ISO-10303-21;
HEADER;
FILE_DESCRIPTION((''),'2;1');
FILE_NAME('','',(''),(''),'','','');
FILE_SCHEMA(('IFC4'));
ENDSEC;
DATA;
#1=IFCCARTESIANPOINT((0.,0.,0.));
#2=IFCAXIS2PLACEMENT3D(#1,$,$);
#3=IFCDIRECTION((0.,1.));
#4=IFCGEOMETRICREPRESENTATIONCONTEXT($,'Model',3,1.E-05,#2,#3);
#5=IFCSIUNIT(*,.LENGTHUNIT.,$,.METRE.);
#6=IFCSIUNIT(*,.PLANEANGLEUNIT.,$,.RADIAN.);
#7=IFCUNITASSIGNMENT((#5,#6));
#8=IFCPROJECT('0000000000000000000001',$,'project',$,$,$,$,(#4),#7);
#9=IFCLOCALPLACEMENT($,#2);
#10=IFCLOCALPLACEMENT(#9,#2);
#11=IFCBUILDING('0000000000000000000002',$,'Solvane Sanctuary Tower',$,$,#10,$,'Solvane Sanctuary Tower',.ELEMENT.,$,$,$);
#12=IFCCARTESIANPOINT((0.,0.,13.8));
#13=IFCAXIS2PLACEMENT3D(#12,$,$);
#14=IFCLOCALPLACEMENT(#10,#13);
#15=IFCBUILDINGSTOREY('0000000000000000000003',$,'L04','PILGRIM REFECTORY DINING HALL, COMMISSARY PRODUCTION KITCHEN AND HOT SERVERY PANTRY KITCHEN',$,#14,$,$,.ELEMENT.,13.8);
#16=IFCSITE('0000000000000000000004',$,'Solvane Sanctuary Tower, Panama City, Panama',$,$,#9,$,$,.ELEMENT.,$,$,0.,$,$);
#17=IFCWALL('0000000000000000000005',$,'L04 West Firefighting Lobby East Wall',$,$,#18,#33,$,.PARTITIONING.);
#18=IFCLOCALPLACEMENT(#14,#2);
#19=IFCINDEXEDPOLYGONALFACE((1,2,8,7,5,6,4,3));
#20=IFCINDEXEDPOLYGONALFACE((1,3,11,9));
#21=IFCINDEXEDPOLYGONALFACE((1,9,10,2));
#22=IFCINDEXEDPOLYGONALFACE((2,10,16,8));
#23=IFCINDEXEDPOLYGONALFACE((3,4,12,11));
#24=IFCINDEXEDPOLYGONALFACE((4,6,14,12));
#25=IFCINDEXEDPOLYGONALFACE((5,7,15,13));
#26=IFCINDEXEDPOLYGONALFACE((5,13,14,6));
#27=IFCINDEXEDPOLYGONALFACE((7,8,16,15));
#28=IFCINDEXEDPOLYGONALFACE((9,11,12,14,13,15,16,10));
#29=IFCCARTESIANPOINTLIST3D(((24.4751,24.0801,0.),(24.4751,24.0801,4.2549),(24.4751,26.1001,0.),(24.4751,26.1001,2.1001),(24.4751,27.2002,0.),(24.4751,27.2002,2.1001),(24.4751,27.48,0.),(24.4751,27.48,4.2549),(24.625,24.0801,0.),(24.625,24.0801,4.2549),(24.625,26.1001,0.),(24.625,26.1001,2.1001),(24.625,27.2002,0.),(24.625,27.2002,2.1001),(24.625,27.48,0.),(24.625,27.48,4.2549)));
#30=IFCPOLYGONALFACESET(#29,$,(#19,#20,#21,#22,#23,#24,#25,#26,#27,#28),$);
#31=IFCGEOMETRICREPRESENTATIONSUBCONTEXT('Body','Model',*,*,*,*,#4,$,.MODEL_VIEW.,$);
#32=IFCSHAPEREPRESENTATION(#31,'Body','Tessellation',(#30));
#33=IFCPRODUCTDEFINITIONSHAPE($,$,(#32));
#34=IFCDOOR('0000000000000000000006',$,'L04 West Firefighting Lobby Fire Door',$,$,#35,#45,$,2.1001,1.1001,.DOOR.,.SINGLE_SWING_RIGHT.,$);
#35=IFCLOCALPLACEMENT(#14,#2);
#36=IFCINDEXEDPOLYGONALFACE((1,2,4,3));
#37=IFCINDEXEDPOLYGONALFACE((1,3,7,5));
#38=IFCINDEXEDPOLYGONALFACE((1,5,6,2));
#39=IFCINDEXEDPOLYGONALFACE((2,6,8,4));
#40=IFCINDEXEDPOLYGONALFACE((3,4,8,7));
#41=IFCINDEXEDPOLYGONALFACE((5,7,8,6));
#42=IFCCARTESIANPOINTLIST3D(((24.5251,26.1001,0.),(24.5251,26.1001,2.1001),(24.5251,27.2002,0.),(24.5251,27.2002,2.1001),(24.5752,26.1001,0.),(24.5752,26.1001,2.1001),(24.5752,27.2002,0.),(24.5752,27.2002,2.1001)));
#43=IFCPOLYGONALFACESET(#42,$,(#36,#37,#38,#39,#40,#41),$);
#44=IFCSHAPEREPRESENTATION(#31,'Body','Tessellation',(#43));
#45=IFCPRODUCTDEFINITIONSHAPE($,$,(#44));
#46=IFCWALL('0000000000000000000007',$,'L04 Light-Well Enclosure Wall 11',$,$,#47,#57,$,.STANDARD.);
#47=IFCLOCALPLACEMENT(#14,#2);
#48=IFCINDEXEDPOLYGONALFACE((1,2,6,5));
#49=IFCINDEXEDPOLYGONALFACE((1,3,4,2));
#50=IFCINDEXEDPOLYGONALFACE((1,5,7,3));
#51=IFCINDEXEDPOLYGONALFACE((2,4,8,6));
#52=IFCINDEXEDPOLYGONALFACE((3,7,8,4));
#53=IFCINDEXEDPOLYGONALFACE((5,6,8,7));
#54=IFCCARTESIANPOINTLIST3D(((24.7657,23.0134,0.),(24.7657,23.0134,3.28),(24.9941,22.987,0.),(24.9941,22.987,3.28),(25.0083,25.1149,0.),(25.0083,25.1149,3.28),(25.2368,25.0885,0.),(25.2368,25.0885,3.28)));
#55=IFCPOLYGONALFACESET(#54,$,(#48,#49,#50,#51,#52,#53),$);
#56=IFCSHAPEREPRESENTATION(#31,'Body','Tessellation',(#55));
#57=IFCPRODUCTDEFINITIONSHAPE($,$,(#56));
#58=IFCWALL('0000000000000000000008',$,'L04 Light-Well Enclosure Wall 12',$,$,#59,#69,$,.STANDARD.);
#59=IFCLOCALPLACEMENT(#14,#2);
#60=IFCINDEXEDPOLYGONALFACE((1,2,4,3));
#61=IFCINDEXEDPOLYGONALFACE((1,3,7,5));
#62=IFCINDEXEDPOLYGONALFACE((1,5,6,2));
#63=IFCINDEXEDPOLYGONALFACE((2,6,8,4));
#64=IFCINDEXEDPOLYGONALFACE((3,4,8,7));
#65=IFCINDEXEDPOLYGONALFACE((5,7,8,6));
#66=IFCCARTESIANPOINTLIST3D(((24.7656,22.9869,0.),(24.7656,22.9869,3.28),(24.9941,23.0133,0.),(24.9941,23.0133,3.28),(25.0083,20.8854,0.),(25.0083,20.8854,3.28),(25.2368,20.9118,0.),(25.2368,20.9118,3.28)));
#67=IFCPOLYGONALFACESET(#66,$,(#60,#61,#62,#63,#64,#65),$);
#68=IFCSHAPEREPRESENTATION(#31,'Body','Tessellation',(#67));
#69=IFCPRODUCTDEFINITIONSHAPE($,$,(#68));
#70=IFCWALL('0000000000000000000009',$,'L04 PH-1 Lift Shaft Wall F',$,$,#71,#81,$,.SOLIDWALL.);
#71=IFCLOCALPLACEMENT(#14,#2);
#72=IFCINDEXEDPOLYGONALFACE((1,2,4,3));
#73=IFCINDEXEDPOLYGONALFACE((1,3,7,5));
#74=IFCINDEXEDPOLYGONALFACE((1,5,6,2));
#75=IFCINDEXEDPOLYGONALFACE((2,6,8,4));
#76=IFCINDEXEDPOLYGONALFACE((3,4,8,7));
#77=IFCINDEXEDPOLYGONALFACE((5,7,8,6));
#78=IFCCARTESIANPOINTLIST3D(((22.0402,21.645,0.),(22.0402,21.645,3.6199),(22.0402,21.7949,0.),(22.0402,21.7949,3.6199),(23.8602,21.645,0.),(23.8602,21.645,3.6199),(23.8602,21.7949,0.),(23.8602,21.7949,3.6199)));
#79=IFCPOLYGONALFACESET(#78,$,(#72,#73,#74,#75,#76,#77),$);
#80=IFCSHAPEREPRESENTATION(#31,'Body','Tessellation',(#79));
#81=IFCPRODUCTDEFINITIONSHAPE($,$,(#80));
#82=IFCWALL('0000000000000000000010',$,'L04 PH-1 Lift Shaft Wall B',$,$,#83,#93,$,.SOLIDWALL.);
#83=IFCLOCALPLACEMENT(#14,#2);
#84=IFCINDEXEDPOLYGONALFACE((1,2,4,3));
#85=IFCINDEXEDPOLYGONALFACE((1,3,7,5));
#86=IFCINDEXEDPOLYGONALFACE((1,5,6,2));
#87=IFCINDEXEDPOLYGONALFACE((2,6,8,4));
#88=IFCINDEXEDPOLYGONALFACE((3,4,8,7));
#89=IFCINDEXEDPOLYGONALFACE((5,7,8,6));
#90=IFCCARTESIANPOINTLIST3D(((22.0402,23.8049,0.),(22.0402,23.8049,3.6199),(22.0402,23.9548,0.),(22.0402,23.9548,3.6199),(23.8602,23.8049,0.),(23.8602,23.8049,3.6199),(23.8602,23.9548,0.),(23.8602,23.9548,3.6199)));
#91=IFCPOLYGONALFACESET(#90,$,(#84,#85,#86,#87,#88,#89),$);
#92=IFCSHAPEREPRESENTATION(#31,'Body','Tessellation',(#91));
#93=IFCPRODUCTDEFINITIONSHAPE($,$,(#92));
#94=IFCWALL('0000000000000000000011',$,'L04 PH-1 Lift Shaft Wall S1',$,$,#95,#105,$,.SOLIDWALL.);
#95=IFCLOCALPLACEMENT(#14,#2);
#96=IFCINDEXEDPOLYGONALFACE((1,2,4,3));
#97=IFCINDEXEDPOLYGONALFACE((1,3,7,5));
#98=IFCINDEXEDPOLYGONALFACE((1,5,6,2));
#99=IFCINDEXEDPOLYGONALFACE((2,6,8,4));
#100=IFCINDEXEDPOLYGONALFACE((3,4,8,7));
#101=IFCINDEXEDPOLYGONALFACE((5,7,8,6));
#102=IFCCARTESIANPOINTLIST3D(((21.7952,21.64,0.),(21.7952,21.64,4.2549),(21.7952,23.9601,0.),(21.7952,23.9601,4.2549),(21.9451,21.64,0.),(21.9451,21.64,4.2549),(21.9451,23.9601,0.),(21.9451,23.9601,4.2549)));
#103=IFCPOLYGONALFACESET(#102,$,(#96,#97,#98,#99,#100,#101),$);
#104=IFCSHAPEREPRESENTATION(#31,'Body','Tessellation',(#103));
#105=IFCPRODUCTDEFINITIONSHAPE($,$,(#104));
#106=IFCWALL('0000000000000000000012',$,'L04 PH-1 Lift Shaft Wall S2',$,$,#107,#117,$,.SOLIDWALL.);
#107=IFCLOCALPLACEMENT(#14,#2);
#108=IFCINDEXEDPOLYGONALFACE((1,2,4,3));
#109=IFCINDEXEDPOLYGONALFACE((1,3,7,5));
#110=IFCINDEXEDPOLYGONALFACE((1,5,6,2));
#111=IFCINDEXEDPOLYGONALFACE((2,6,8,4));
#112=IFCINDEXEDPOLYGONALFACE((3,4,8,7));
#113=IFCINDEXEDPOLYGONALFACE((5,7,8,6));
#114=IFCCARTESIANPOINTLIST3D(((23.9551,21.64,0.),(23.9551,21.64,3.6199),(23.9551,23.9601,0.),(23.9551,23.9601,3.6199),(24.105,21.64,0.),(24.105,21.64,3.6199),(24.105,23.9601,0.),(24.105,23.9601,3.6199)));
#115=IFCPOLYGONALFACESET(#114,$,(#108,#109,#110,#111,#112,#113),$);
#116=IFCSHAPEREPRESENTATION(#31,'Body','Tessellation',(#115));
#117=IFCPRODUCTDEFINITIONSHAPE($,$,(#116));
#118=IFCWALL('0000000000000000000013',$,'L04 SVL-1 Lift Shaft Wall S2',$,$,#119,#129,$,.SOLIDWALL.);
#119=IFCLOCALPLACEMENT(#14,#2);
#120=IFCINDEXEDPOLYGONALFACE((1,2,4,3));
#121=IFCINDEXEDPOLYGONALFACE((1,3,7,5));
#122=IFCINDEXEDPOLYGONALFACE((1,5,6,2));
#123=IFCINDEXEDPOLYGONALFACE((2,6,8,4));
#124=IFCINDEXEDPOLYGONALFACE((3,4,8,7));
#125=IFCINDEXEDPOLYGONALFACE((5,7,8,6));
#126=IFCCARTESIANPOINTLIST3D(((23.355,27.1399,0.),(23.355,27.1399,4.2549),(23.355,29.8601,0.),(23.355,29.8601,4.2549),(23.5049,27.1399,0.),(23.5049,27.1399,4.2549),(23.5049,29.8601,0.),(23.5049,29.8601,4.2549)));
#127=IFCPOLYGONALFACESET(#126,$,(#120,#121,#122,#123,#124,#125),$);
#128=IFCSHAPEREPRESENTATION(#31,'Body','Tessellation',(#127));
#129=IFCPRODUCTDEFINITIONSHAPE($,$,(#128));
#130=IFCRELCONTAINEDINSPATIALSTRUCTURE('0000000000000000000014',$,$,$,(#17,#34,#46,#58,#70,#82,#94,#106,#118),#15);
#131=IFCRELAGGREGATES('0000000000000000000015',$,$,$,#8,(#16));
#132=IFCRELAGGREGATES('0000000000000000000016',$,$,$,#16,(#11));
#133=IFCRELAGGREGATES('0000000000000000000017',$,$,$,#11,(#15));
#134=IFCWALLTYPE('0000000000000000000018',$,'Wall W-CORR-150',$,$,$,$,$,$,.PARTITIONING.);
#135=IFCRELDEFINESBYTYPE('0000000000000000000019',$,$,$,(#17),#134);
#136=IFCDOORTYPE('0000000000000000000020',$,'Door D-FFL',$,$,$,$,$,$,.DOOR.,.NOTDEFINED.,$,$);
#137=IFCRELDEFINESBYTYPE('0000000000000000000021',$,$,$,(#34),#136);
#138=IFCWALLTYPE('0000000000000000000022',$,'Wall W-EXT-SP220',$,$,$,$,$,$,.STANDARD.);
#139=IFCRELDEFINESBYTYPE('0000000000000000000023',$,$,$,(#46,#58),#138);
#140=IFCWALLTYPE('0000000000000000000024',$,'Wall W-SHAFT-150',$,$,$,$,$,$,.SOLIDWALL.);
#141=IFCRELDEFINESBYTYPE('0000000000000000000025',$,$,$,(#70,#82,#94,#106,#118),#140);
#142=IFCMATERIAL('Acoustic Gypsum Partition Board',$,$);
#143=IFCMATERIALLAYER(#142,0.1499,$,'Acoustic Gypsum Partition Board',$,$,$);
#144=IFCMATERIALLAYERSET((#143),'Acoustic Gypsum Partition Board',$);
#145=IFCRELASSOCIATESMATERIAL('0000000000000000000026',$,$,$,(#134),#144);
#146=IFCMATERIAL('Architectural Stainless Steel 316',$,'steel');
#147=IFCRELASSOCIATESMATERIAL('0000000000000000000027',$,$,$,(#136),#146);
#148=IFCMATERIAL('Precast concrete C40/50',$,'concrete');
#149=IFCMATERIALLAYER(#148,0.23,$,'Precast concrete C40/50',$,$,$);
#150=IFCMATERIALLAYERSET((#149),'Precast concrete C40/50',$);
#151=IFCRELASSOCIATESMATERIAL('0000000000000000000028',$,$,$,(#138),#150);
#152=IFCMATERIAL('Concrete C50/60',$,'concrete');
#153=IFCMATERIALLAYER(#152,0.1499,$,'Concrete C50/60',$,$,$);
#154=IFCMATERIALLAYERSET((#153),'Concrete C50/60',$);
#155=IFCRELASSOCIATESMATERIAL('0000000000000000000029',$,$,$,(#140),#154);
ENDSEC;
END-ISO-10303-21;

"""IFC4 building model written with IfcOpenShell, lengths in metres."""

from ifc_helpers import new_model, si_unit, direction, frame, frame_2d, origin, place, context, subcontext, project, spatial, rectangle, extrude, material, layer, layer_set, type_object, element, fill, save


model = new_model("IFC4")

# Units and contexts
model_context = context("Model", 3, precision=1e-05, world=origin(), true_north=direction((0.0, 1.0)))
body_context = subcontext(model_context, "Body", "Model", "MODEL_VIEW")
ifc_project = project(units=[si_unit("LENGTHUNIT", "METRE"), si_unit("PLANEANGLEUNIT", "RADIAN")], contexts=[model_context])

# Site, building, storey
site_placement = place(None, origin())
site = spatial("IfcSite", under=ifc_project, at=site_placement, Name="Solvane Sanctuary Tower, Panama City, Panama", CompositionType="ELEMENT", RefElevation=0.0)
building_placement = place(site_placement, origin())
building = spatial("IfcBuilding", under=site, at=building_placement, Name="Solvane Sanctuary Tower", LongName="Solvane Sanctuary Tower", CompositionType="ELEMENT")
storey_placement = place(building_placement, frame((0.0, 0.0, 13.8)))
storey = spatial("IfcBuildingStorey", under=building, at=storey_placement, Name="L04", Description="PILGRIM REFECTORY DINING HALL, COMMISSARY PRODUCTION KITCHEN AND HOT SERVERY PANTRY KITCHEN", CompositionType="ELEMENT", Elevation=13.8)

# Wall, opening, door
ifc_material_1 = material(Name="Acoustic Gypsum Partition Board")
ifc_layer_1 = layer(ifc_material_1, 0.1499, Name="Acoustic Gypsum Partition Board")
ifc_layer_set_1 = layer_set([ifc_layer_1], Name="Acoustic Gypsum Partition Board")
wall_type_1 = type_object("IfcWallType", Name="Wall W-CORR-150", PredefinedType="PARTITIONING", material=ifc_layer_set_1)
wall_1_placement = place(storey_placement, frame((24.55, 24.0801, 0.0), z_axis=(0.0, 0.0, 1.0), x_axis=(0.0, 1.0, 0.0)))
wall_1 = element("IfcWall", 1, at=wall_1_placement, inside=storey, type_object=wall_type_1, Name="L04 West Firefighting Lobby East Wall", PredefinedType="PARTITIONING", context=body_context, shape_type="SweptSolid", body=[
    extrude(rectangle(XDim=3.3999, YDim=0.1499, at=frame_2d((1.7, 0.0))), origin(), (0.0, 0.0, 1.0), 4.2549),
])
opening_placement = place(wall_1_placement, frame((2.02, 0.0, 0.0)))
opening = element("IfcOpeningElement", 2, at=opening_placement, cuts=wall_1, PredefinedType="OPENING", context=body_context, shape_type="SweptSolid", body=[
    extrude(rectangle(XDim=1.1001, YDim=2.1001, at=frame_2d((0.55, 1.05))), frame((0.0, 0.085, 0.0), z_axis=(0.0, -1.0, 0.0), x_axis=(1.0, 0.0, 0.0)), (0.0, 0.0, 1.0), 0.1699),
])
ifc_material_2 = material(Name="Architectural Stainless Steel 316", Category="steel")
door_type = type_object("IfcDoorType", Name="Door D-FFL", OperationType="NOTDEFINED", PredefinedType="DOOR", material=ifc_material_2)
door_placement = place(opening_placement, origin())
door = element("IfcDoor", 3, at=door_placement, inside=storey, type_object=door_type, Name="L04 West Firefighting Lobby Fire Door", OperationType="SINGLE_SWING_RIGHT", OverallHeight=2.1001, OverallWidth=1.1001, PredefinedType="DOOR", context=body_context, shape_type="SweptSolid", body=[
    extrude(rectangle(XDim=1.1001, YDim=2.1001, at=frame_2d((0.55, 1.05))), frame((0.0, 0.0249, 0.0), z_axis=(0.0, -1.0, 0.0), x_axis=(1.0, 0.0, 0.0)), (0.0, 0.0, 1.0), 0.05),
])
fill(opening, door)

# Walls
ifc_material_3 = material(Name="Precast concrete C40/50", Category="concrete")
ifc_layer_2 = layer(ifc_material_3, 0.23, Name="Precast concrete C40/50")
ifc_layer_set_2 = layer_set([ifc_layer_2], Name="Precast concrete C40/50")
wall_type_2 = type_object("IfcWallType", Name="Wall W-EXT-SP220", PredefinedType="STANDARD", material=ifc_layer_set_2)
for number, where, z_axis, x_axis, name in (
    (4, (25.1226, 25.1016, 0.0), (0.0, 0.0, 1.0), (-0.114712, -0.993399, 0.0), "L04 Light-Well Enclosure Wall 11"),
    (5, (24.8799, 23.0, 0.0), (0.0, 0.0, 1.0), (0.114712, -0.993399, 0.0), "L04 Light-Well Enclosure Wall 12"),
):
    element("IfcWall", number, at=place(storey_placement, frame(where, z_axis=z_axis, x_axis=x_axis)), inside=storey, type_object=wall_type_2, Name=name, PredefinedType="STANDARD", context=body_context, shape_type="SweptSolid", body=[
        extrude(rectangle(XDim=2.1155, YDim=0.23, at=frame_2d((1.0576, 0.0))), origin(), (0.0, 0.0, 1.0), 3.28),
    ])
ifc_material_4 = material(Name="Concrete C50/60", Category="concrete")
ifc_layer_3 = layer(ifc_material_4, 0.1499, Name="Concrete C50/60")
ifc_layer_set_3 = layer_set([ifc_layer_3], Name="Concrete C50/60")
wall_type_3 = type_object("IfcWallType", Name="Wall W-SHAFT-150", PredefinedType="SOLIDWALL", material=ifc_layer_set_3)
for number, where, z_axis, x_axis, name in (
    (6, (22.04, 21.72, 0.0), (0.0, 0.0, 1.0), (1.0, 0.0, 0.0), "L04 PH-1 Lift Shaft Wall F"),
    (7, (22.04, 23.8799, 0.0), (0.0, 0.0, 1.0), (1.0, 0.0, 0.0), "L04 PH-1 Lift Shaft Wall B"),
):
    element("IfcWall", number, at=place(storey_placement, frame(where, z_axis=z_axis, x_axis=x_axis)), inside=storey, type_object=wall_type_3, Name=name, PredefinedType="SOLIDWALL", context=body_context, shape_type="SweptSolid", body=[
        extrude(rectangle(XDim=1.8201, YDim=0.1499, at=frame_2d((0.9102, 0.0))), origin(), (0.0, 0.0, 1.0), 3.6199),
    ])
wall_2_placement = place(storey_placement, frame((21.8701, 21.6399, 0.0), z_axis=(0.0, 0.0, 1.0), x_axis=(0.0, 1.0, 0.0)))
element("IfcWall", 8, at=wall_2_placement, inside=storey, type_object=wall_type_3, Name="L04 PH-1 Lift Shaft Wall S1", PredefinedType="SOLIDWALL", context=body_context, shape_type="SweptSolid", body=[
    extrude(rectangle(XDim=2.3201, YDim=0.1499, at=frame_2d((1.1602, 0.0))), origin(), (0.0, 0.0, 1.0), 4.2549),
])
wall_3_placement = place(storey_placement, frame((24.03, 21.6399, 0.0), z_axis=(0.0, 0.0, 1.0), x_axis=(0.0, 1.0, 0.0)))
element("IfcWall", 9, at=wall_3_placement, inside=storey, type_object=wall_type_3, Name="L04 PH-1 Lift Shaft Wall S2", PredefinedType="SOLIDWALL", context=body_context, shape_type="SweptSolid", body=[
    extrude(rectangle(XDim=2.3201, YDim=0.1499, at=frame_2d((1.1602, 0.0))), origin(), (0.0, 0.0, 1.0), 3.6199),
])
wall_4_placement = place(storey_placement, frame((23.4299, 27.1399, 0.0), z_axis=(0.0, 0.0, 1.0), x_axis=(0.0, 1.0, 0.0)))
element("IfcWall", 10, at=wall_4_placement, inside=storey, type_object=wall_type_3, Name="L04 SVL-1 Lift Shaft Wall S2", PredefinedType="SOLIDWALL", context=body_context, shape_type="SweptSolid", body=[
    extrude(rectangle(XDim=2.7202, YDim=0.1499, at=frame_2d((1.3601, 0.0))), origin(), (0.0, 0.0, 1.0), 4.2549),
])

save(model, "model.ifc")
